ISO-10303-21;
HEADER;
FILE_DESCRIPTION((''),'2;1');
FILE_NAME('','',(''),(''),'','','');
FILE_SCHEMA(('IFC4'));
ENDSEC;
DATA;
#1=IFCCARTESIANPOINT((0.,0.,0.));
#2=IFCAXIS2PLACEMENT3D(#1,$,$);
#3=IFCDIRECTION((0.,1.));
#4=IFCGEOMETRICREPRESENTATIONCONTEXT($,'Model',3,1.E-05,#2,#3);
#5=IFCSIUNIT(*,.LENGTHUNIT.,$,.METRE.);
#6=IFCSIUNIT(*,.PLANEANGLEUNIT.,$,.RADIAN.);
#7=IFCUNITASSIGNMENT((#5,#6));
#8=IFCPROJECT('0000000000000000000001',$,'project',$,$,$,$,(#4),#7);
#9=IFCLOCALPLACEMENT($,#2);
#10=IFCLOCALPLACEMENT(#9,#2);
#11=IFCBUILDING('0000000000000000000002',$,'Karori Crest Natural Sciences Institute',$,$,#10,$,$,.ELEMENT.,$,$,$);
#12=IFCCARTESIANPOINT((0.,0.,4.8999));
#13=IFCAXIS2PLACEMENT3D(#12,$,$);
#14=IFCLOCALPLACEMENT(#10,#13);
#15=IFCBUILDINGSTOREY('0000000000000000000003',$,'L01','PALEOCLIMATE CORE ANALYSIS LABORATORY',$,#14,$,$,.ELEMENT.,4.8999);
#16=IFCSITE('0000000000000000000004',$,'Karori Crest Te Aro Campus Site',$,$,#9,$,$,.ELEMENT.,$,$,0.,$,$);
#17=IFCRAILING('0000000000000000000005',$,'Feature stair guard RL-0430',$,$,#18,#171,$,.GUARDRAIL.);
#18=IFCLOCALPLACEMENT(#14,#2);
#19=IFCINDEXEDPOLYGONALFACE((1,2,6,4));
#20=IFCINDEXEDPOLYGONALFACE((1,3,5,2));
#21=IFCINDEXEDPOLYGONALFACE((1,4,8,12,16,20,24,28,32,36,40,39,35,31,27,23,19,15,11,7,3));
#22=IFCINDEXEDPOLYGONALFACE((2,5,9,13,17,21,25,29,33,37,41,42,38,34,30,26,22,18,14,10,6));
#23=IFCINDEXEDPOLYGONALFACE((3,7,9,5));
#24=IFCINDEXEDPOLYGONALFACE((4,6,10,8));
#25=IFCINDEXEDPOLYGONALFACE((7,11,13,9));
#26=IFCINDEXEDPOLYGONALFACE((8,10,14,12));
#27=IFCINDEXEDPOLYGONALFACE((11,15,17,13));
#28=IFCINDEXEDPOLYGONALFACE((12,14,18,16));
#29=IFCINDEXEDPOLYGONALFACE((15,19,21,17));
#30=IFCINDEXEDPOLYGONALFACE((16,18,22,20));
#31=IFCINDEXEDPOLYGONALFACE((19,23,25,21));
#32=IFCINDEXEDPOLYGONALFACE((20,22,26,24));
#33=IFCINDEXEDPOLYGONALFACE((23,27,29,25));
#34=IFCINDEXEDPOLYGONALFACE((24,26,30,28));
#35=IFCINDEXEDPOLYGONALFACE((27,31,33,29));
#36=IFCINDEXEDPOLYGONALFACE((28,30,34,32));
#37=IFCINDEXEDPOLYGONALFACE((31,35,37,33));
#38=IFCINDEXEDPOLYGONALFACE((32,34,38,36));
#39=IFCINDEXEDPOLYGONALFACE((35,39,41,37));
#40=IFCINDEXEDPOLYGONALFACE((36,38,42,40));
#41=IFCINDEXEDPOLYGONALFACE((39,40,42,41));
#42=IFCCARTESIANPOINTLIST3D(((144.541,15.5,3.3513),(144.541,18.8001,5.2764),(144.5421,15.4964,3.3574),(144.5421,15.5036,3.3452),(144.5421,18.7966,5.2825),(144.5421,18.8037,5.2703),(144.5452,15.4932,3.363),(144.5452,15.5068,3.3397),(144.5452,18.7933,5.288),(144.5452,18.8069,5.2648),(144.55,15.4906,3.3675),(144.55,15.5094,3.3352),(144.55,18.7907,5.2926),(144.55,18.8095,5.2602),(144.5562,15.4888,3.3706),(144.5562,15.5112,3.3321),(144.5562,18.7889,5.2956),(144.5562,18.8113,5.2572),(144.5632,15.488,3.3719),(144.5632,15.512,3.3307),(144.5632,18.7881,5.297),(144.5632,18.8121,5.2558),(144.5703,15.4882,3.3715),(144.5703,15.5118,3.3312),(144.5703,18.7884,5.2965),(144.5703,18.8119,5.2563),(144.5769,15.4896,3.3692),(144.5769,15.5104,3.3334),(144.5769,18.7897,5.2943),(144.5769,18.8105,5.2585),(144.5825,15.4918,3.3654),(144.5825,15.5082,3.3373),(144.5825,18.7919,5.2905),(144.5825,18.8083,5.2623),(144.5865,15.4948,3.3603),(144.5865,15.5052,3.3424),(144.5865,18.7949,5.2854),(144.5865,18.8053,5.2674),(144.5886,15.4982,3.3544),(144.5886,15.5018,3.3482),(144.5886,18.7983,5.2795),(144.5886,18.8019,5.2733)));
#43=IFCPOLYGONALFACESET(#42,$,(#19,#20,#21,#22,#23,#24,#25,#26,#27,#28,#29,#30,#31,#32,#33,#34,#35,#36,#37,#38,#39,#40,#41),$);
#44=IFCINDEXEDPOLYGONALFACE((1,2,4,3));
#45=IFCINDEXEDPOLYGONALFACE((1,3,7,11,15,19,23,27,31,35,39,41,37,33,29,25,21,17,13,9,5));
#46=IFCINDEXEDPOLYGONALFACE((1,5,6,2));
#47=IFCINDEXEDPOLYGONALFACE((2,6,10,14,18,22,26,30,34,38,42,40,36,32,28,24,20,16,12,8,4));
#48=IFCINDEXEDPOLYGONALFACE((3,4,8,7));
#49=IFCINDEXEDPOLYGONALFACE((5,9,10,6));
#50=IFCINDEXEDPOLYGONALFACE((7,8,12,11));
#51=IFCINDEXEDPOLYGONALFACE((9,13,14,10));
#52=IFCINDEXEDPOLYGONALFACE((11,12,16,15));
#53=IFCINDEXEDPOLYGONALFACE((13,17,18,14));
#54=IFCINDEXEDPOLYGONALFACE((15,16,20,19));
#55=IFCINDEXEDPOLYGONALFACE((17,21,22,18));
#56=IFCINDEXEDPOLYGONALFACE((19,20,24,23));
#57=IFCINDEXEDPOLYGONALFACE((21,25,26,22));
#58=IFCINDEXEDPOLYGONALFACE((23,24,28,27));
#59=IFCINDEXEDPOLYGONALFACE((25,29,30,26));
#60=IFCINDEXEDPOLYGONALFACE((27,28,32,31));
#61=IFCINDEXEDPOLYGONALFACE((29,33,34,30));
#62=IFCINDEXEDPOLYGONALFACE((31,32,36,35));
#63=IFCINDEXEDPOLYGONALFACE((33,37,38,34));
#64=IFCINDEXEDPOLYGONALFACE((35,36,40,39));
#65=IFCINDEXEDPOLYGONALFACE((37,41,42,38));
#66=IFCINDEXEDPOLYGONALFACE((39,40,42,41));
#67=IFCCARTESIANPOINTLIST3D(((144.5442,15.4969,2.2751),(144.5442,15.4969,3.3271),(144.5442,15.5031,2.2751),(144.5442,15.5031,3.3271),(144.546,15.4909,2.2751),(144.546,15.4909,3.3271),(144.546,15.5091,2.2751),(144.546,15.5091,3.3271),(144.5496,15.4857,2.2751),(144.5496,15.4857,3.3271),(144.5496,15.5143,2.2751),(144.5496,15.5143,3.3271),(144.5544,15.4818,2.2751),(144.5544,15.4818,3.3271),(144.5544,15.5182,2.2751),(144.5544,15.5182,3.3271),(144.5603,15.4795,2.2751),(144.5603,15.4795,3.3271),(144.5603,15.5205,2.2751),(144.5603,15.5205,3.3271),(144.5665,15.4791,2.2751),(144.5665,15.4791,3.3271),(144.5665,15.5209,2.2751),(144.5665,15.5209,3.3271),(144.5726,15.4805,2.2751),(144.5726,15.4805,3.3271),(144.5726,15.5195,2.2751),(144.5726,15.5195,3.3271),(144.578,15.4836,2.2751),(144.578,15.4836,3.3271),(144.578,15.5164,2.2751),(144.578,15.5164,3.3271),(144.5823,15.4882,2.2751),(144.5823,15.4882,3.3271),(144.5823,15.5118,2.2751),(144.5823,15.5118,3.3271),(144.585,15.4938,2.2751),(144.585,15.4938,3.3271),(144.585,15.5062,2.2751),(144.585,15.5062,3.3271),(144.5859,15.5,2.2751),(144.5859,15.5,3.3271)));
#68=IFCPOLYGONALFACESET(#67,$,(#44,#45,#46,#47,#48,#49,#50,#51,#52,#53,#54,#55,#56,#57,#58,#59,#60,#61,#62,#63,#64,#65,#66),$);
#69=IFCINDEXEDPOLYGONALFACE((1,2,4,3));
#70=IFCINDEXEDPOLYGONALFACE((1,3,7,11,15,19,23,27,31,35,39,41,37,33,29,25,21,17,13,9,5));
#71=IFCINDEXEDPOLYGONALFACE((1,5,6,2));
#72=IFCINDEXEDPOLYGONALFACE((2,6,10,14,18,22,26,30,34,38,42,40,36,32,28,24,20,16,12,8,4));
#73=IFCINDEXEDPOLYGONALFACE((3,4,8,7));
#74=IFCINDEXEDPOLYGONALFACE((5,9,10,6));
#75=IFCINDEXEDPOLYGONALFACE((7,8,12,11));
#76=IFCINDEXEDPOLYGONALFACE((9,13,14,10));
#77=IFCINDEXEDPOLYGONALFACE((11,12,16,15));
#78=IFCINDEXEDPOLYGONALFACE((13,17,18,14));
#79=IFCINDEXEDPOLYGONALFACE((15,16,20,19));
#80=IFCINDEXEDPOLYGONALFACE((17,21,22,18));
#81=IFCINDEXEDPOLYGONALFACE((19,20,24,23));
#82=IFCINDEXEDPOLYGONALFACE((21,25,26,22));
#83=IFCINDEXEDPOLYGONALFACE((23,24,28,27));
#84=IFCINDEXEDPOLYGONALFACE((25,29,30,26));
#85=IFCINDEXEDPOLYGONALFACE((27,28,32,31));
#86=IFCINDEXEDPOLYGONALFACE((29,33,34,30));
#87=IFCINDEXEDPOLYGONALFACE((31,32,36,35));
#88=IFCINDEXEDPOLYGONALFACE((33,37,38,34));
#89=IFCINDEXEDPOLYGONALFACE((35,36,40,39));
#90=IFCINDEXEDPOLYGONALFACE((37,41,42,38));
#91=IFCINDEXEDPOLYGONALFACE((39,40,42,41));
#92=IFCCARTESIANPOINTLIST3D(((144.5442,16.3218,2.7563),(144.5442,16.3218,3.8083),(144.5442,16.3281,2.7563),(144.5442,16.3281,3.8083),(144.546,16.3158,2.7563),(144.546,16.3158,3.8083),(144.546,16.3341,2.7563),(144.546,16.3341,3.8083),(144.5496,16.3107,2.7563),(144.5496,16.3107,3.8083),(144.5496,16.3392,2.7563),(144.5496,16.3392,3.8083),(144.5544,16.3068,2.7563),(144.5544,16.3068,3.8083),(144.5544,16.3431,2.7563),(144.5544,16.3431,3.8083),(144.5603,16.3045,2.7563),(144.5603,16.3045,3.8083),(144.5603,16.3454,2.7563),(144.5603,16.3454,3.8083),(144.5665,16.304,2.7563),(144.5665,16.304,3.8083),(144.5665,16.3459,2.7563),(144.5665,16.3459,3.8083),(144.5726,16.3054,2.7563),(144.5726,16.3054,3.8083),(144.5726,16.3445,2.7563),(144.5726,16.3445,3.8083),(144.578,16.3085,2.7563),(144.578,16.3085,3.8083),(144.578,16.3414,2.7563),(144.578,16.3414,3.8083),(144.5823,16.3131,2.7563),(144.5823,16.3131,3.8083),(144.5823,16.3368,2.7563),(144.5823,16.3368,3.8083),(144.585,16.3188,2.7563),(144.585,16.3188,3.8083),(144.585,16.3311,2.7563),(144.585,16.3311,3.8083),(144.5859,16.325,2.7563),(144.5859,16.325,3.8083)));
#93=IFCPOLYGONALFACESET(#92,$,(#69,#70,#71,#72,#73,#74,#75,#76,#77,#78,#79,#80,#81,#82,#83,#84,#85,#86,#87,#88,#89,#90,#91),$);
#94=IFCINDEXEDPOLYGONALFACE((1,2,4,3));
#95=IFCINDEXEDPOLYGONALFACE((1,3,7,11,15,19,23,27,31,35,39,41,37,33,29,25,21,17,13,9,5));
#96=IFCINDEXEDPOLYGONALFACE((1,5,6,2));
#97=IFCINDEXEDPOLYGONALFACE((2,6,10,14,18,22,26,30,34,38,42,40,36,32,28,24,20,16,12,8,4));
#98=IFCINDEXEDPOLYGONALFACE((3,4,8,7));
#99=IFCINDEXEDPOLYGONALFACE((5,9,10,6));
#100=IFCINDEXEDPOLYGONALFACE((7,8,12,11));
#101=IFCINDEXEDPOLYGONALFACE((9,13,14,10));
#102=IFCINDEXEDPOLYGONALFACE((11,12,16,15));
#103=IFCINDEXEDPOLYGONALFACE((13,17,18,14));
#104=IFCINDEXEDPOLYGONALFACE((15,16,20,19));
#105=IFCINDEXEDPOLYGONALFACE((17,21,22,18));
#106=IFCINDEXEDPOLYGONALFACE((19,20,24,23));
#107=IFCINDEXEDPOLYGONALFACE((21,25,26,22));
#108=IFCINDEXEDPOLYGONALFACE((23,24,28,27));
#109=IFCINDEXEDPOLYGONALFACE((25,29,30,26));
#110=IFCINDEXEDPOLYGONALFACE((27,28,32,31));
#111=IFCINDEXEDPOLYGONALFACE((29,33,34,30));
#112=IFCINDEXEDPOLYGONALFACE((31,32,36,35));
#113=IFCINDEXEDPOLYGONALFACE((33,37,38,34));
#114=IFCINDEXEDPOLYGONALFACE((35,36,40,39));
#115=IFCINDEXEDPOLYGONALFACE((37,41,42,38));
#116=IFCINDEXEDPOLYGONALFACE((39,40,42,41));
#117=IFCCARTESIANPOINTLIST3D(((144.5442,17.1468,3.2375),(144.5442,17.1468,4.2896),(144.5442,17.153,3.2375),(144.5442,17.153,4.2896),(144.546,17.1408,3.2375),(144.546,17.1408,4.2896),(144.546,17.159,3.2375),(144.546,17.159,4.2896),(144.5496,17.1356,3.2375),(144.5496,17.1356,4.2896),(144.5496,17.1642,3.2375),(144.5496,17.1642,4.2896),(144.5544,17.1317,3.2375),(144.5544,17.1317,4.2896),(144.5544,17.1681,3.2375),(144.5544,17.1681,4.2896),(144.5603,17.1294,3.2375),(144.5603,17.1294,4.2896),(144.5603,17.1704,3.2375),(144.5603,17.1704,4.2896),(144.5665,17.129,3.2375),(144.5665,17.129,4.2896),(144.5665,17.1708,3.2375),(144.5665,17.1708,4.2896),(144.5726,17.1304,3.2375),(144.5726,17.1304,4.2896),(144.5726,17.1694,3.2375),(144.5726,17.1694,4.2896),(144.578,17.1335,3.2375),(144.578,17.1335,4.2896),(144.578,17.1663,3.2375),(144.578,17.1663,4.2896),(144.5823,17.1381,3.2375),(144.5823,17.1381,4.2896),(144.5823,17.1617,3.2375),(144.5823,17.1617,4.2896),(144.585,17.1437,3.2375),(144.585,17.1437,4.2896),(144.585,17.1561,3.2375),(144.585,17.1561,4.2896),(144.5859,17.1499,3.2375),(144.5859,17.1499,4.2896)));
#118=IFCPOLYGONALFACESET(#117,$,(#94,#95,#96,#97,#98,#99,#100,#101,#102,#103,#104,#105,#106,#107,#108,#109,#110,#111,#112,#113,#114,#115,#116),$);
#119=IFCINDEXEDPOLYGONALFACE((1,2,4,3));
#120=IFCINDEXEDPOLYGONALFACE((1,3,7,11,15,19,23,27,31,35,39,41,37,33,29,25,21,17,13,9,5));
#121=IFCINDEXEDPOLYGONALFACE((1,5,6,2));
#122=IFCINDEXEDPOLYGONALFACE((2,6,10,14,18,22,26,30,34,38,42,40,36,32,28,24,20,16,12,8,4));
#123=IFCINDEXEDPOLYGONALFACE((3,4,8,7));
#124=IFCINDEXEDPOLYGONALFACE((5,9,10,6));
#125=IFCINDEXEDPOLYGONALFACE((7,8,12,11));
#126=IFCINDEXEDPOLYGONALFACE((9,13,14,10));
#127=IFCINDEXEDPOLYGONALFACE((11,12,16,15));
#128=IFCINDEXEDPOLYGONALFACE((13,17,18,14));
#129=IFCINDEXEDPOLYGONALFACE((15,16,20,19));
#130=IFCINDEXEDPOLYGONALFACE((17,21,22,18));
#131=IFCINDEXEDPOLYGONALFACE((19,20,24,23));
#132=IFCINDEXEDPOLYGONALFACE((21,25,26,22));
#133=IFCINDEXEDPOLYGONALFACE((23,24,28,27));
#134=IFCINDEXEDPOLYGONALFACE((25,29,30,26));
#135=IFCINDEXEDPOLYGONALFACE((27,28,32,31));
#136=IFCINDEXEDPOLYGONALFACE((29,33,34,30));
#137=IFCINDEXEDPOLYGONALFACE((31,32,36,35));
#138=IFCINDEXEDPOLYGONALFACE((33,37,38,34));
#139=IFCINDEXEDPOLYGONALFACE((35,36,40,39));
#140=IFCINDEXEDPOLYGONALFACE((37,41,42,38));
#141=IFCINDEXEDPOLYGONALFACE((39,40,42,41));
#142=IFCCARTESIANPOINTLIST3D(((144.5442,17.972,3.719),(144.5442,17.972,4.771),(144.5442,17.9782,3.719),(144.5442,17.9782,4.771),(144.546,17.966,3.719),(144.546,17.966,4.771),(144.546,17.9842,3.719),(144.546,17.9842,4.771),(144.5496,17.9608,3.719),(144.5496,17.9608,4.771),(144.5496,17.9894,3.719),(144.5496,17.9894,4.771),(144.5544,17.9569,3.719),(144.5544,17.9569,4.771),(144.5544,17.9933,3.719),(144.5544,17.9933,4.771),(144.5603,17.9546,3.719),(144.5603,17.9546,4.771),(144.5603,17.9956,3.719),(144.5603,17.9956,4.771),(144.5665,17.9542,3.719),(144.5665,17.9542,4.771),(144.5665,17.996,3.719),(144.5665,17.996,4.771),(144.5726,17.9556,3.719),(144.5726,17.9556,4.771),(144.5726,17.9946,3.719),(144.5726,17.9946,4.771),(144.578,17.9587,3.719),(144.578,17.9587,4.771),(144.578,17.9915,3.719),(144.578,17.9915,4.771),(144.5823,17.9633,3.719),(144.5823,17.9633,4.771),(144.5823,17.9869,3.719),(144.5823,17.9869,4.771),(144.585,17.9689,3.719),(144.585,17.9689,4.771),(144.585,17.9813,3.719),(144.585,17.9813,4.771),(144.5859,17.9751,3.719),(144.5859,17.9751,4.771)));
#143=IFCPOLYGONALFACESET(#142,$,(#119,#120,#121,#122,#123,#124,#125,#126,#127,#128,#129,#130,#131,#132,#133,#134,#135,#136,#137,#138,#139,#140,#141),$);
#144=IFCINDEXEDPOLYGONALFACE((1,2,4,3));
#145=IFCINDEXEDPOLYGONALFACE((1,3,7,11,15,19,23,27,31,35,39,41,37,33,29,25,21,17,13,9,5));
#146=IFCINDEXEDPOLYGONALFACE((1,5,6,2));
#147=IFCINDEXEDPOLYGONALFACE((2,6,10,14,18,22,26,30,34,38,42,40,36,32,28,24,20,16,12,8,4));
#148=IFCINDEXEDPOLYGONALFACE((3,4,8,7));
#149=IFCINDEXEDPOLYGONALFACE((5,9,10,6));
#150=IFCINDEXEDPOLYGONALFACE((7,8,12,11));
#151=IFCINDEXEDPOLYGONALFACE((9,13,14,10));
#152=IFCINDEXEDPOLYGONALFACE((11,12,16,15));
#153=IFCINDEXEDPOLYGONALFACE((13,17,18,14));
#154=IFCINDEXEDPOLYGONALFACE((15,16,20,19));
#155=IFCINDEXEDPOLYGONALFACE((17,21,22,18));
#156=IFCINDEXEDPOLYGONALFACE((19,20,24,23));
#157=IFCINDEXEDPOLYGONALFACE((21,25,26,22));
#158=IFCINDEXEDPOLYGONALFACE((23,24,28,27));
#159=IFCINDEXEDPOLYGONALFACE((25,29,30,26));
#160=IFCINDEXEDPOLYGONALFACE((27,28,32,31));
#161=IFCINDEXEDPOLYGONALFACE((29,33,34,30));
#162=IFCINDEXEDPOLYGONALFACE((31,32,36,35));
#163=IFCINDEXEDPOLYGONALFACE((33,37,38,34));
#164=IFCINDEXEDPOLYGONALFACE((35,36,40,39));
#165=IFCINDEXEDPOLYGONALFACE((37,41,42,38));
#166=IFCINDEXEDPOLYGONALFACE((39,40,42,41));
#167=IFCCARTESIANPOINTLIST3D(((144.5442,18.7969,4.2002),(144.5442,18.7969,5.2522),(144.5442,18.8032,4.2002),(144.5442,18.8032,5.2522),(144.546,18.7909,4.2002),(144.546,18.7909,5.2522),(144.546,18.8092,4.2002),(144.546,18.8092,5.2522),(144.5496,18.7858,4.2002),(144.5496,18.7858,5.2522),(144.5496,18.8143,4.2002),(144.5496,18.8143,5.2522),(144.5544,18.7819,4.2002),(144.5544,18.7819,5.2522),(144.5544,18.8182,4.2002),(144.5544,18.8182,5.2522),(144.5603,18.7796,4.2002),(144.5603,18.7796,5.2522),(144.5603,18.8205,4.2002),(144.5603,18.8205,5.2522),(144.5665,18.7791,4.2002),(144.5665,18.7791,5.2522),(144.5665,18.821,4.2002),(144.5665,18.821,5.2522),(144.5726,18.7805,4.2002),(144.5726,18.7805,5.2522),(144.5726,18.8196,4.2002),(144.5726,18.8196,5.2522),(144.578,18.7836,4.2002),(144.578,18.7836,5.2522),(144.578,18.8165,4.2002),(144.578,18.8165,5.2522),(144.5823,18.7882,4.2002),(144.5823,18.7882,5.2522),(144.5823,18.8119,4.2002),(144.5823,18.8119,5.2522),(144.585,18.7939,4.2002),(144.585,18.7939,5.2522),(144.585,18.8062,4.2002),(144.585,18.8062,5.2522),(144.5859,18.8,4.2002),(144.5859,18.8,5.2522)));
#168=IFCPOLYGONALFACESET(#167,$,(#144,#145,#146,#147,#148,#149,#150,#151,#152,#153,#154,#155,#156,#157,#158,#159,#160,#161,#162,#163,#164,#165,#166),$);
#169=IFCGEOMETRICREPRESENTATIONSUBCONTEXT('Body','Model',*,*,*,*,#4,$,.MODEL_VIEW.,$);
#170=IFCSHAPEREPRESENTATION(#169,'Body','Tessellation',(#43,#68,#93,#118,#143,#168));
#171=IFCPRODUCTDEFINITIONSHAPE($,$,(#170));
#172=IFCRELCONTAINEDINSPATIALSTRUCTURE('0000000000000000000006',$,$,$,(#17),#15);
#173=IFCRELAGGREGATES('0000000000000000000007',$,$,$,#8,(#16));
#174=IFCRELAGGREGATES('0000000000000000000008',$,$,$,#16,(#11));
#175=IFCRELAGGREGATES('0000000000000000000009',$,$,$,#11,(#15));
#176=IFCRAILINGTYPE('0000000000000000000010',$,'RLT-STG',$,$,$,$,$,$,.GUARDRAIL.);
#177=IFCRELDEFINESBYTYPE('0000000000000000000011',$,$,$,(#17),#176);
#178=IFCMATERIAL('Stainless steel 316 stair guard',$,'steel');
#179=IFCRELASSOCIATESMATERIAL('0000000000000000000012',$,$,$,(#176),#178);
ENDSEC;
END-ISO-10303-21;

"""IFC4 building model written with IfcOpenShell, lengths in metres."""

from ifc_helpers import new_model, si_unit, direction, frame, origin, origin_2d, place, context, subcontext, project, spatial, circle, extrude, material, type_object, element, save


model = new_model("IFC4")

# Units and contexts
model_context = context("Model", 3, precision=1e-05, world=origin(), true_north=direction((0.0, 1.0)))
body_context = subcontext(model_context, "Body", "Model", "MODEL_VIEW")
ifc_project = project(units=[si_unit("LENGTHUNIT", "METRE"), si_unit("PLANEANGLEUNIT", "RADIAN")], contexts=[model_context])

# Site, building, storey
site_placement = place(None, origin())
site = spatial("IfcSite", under=ifc_project, at=site_placement, Name="Karori Crest Te Aro Campus Site", CompositionType="ELEMENT", RefElevation=0.0)
building_placement = place(site_placement, origin())
building = spatial("IfcBuilding", under=site, at=building_placement, Name="Karori Crest Natural Sciences Institute", CompositionType="ELEMENT")
storey_placement = place(building_placement, frame((0.0, 0.0, 4.8999)))
storey = spatial("IfcBuildingStorey", under=building, at=storey_placement, Name="L01", Description="PALEOCLIMATE CORE ANALYSIS LABORATORY", CompositionType="ELEMENT", Elevation=4.8999)

# Railing
ifc_material_1 = material(Name="Stainless steel 316 stair guard", Category="steel")
railing_type = type_object("IfcRailingType", Name="RLT-STG", PredefinedType="GUARDRAIL", material=ifc_material_1)
railing_1_placement = place(storey_placement, frame((144.5649, 15.5, 2.2751)))
element("IfcRailing", 1, at=railing_1_placement, inside=storey, type_object=railing_type, Name="Feature stair guard RL-0430", PredefinedType="GUARDRAIL", context=body_context, shape_type="SweptSolid", body=[
    extrude(circle(Radius=0.0239, at=origin_2d()), frame((0.0, 0.0, 1.0762), z_axis=(0.0, 0.863777, 0.503875), x_axis=(-1.0, 0.0, 0.0)), (0.0, 0.0, 1.0), 3.8206),
    extrude(circle(Radius=0.021, at=origin_2d()), origin(), (0.0, 0.0, 1.0), 1.052),
    extrude(circle(Radius=0.021, at=origin_2d()), frame((0.0, 0.825, 0.4812)), (0.0, 0.0, 1.0), 1.052),
    extrude(circle(Radius=0.021, at=origin_2d()), frame((0.0, 1.6499, 0.9624)), (0.0, 0.0, 1.0), 1.052),
    extrude(circle(Radius=0.021, at=origin_2d()), frame((0.0, 2.4751, 1.4438)), (0.0, 0.0, 1.0), 1.052),
    extrude(circle(Radius=0.021, at=origin_2d()), frame((0.0, 3.3, 1.925)), (0.0, 0.0, 1.0), 1.052),
])

save(model, "model.ifc")
